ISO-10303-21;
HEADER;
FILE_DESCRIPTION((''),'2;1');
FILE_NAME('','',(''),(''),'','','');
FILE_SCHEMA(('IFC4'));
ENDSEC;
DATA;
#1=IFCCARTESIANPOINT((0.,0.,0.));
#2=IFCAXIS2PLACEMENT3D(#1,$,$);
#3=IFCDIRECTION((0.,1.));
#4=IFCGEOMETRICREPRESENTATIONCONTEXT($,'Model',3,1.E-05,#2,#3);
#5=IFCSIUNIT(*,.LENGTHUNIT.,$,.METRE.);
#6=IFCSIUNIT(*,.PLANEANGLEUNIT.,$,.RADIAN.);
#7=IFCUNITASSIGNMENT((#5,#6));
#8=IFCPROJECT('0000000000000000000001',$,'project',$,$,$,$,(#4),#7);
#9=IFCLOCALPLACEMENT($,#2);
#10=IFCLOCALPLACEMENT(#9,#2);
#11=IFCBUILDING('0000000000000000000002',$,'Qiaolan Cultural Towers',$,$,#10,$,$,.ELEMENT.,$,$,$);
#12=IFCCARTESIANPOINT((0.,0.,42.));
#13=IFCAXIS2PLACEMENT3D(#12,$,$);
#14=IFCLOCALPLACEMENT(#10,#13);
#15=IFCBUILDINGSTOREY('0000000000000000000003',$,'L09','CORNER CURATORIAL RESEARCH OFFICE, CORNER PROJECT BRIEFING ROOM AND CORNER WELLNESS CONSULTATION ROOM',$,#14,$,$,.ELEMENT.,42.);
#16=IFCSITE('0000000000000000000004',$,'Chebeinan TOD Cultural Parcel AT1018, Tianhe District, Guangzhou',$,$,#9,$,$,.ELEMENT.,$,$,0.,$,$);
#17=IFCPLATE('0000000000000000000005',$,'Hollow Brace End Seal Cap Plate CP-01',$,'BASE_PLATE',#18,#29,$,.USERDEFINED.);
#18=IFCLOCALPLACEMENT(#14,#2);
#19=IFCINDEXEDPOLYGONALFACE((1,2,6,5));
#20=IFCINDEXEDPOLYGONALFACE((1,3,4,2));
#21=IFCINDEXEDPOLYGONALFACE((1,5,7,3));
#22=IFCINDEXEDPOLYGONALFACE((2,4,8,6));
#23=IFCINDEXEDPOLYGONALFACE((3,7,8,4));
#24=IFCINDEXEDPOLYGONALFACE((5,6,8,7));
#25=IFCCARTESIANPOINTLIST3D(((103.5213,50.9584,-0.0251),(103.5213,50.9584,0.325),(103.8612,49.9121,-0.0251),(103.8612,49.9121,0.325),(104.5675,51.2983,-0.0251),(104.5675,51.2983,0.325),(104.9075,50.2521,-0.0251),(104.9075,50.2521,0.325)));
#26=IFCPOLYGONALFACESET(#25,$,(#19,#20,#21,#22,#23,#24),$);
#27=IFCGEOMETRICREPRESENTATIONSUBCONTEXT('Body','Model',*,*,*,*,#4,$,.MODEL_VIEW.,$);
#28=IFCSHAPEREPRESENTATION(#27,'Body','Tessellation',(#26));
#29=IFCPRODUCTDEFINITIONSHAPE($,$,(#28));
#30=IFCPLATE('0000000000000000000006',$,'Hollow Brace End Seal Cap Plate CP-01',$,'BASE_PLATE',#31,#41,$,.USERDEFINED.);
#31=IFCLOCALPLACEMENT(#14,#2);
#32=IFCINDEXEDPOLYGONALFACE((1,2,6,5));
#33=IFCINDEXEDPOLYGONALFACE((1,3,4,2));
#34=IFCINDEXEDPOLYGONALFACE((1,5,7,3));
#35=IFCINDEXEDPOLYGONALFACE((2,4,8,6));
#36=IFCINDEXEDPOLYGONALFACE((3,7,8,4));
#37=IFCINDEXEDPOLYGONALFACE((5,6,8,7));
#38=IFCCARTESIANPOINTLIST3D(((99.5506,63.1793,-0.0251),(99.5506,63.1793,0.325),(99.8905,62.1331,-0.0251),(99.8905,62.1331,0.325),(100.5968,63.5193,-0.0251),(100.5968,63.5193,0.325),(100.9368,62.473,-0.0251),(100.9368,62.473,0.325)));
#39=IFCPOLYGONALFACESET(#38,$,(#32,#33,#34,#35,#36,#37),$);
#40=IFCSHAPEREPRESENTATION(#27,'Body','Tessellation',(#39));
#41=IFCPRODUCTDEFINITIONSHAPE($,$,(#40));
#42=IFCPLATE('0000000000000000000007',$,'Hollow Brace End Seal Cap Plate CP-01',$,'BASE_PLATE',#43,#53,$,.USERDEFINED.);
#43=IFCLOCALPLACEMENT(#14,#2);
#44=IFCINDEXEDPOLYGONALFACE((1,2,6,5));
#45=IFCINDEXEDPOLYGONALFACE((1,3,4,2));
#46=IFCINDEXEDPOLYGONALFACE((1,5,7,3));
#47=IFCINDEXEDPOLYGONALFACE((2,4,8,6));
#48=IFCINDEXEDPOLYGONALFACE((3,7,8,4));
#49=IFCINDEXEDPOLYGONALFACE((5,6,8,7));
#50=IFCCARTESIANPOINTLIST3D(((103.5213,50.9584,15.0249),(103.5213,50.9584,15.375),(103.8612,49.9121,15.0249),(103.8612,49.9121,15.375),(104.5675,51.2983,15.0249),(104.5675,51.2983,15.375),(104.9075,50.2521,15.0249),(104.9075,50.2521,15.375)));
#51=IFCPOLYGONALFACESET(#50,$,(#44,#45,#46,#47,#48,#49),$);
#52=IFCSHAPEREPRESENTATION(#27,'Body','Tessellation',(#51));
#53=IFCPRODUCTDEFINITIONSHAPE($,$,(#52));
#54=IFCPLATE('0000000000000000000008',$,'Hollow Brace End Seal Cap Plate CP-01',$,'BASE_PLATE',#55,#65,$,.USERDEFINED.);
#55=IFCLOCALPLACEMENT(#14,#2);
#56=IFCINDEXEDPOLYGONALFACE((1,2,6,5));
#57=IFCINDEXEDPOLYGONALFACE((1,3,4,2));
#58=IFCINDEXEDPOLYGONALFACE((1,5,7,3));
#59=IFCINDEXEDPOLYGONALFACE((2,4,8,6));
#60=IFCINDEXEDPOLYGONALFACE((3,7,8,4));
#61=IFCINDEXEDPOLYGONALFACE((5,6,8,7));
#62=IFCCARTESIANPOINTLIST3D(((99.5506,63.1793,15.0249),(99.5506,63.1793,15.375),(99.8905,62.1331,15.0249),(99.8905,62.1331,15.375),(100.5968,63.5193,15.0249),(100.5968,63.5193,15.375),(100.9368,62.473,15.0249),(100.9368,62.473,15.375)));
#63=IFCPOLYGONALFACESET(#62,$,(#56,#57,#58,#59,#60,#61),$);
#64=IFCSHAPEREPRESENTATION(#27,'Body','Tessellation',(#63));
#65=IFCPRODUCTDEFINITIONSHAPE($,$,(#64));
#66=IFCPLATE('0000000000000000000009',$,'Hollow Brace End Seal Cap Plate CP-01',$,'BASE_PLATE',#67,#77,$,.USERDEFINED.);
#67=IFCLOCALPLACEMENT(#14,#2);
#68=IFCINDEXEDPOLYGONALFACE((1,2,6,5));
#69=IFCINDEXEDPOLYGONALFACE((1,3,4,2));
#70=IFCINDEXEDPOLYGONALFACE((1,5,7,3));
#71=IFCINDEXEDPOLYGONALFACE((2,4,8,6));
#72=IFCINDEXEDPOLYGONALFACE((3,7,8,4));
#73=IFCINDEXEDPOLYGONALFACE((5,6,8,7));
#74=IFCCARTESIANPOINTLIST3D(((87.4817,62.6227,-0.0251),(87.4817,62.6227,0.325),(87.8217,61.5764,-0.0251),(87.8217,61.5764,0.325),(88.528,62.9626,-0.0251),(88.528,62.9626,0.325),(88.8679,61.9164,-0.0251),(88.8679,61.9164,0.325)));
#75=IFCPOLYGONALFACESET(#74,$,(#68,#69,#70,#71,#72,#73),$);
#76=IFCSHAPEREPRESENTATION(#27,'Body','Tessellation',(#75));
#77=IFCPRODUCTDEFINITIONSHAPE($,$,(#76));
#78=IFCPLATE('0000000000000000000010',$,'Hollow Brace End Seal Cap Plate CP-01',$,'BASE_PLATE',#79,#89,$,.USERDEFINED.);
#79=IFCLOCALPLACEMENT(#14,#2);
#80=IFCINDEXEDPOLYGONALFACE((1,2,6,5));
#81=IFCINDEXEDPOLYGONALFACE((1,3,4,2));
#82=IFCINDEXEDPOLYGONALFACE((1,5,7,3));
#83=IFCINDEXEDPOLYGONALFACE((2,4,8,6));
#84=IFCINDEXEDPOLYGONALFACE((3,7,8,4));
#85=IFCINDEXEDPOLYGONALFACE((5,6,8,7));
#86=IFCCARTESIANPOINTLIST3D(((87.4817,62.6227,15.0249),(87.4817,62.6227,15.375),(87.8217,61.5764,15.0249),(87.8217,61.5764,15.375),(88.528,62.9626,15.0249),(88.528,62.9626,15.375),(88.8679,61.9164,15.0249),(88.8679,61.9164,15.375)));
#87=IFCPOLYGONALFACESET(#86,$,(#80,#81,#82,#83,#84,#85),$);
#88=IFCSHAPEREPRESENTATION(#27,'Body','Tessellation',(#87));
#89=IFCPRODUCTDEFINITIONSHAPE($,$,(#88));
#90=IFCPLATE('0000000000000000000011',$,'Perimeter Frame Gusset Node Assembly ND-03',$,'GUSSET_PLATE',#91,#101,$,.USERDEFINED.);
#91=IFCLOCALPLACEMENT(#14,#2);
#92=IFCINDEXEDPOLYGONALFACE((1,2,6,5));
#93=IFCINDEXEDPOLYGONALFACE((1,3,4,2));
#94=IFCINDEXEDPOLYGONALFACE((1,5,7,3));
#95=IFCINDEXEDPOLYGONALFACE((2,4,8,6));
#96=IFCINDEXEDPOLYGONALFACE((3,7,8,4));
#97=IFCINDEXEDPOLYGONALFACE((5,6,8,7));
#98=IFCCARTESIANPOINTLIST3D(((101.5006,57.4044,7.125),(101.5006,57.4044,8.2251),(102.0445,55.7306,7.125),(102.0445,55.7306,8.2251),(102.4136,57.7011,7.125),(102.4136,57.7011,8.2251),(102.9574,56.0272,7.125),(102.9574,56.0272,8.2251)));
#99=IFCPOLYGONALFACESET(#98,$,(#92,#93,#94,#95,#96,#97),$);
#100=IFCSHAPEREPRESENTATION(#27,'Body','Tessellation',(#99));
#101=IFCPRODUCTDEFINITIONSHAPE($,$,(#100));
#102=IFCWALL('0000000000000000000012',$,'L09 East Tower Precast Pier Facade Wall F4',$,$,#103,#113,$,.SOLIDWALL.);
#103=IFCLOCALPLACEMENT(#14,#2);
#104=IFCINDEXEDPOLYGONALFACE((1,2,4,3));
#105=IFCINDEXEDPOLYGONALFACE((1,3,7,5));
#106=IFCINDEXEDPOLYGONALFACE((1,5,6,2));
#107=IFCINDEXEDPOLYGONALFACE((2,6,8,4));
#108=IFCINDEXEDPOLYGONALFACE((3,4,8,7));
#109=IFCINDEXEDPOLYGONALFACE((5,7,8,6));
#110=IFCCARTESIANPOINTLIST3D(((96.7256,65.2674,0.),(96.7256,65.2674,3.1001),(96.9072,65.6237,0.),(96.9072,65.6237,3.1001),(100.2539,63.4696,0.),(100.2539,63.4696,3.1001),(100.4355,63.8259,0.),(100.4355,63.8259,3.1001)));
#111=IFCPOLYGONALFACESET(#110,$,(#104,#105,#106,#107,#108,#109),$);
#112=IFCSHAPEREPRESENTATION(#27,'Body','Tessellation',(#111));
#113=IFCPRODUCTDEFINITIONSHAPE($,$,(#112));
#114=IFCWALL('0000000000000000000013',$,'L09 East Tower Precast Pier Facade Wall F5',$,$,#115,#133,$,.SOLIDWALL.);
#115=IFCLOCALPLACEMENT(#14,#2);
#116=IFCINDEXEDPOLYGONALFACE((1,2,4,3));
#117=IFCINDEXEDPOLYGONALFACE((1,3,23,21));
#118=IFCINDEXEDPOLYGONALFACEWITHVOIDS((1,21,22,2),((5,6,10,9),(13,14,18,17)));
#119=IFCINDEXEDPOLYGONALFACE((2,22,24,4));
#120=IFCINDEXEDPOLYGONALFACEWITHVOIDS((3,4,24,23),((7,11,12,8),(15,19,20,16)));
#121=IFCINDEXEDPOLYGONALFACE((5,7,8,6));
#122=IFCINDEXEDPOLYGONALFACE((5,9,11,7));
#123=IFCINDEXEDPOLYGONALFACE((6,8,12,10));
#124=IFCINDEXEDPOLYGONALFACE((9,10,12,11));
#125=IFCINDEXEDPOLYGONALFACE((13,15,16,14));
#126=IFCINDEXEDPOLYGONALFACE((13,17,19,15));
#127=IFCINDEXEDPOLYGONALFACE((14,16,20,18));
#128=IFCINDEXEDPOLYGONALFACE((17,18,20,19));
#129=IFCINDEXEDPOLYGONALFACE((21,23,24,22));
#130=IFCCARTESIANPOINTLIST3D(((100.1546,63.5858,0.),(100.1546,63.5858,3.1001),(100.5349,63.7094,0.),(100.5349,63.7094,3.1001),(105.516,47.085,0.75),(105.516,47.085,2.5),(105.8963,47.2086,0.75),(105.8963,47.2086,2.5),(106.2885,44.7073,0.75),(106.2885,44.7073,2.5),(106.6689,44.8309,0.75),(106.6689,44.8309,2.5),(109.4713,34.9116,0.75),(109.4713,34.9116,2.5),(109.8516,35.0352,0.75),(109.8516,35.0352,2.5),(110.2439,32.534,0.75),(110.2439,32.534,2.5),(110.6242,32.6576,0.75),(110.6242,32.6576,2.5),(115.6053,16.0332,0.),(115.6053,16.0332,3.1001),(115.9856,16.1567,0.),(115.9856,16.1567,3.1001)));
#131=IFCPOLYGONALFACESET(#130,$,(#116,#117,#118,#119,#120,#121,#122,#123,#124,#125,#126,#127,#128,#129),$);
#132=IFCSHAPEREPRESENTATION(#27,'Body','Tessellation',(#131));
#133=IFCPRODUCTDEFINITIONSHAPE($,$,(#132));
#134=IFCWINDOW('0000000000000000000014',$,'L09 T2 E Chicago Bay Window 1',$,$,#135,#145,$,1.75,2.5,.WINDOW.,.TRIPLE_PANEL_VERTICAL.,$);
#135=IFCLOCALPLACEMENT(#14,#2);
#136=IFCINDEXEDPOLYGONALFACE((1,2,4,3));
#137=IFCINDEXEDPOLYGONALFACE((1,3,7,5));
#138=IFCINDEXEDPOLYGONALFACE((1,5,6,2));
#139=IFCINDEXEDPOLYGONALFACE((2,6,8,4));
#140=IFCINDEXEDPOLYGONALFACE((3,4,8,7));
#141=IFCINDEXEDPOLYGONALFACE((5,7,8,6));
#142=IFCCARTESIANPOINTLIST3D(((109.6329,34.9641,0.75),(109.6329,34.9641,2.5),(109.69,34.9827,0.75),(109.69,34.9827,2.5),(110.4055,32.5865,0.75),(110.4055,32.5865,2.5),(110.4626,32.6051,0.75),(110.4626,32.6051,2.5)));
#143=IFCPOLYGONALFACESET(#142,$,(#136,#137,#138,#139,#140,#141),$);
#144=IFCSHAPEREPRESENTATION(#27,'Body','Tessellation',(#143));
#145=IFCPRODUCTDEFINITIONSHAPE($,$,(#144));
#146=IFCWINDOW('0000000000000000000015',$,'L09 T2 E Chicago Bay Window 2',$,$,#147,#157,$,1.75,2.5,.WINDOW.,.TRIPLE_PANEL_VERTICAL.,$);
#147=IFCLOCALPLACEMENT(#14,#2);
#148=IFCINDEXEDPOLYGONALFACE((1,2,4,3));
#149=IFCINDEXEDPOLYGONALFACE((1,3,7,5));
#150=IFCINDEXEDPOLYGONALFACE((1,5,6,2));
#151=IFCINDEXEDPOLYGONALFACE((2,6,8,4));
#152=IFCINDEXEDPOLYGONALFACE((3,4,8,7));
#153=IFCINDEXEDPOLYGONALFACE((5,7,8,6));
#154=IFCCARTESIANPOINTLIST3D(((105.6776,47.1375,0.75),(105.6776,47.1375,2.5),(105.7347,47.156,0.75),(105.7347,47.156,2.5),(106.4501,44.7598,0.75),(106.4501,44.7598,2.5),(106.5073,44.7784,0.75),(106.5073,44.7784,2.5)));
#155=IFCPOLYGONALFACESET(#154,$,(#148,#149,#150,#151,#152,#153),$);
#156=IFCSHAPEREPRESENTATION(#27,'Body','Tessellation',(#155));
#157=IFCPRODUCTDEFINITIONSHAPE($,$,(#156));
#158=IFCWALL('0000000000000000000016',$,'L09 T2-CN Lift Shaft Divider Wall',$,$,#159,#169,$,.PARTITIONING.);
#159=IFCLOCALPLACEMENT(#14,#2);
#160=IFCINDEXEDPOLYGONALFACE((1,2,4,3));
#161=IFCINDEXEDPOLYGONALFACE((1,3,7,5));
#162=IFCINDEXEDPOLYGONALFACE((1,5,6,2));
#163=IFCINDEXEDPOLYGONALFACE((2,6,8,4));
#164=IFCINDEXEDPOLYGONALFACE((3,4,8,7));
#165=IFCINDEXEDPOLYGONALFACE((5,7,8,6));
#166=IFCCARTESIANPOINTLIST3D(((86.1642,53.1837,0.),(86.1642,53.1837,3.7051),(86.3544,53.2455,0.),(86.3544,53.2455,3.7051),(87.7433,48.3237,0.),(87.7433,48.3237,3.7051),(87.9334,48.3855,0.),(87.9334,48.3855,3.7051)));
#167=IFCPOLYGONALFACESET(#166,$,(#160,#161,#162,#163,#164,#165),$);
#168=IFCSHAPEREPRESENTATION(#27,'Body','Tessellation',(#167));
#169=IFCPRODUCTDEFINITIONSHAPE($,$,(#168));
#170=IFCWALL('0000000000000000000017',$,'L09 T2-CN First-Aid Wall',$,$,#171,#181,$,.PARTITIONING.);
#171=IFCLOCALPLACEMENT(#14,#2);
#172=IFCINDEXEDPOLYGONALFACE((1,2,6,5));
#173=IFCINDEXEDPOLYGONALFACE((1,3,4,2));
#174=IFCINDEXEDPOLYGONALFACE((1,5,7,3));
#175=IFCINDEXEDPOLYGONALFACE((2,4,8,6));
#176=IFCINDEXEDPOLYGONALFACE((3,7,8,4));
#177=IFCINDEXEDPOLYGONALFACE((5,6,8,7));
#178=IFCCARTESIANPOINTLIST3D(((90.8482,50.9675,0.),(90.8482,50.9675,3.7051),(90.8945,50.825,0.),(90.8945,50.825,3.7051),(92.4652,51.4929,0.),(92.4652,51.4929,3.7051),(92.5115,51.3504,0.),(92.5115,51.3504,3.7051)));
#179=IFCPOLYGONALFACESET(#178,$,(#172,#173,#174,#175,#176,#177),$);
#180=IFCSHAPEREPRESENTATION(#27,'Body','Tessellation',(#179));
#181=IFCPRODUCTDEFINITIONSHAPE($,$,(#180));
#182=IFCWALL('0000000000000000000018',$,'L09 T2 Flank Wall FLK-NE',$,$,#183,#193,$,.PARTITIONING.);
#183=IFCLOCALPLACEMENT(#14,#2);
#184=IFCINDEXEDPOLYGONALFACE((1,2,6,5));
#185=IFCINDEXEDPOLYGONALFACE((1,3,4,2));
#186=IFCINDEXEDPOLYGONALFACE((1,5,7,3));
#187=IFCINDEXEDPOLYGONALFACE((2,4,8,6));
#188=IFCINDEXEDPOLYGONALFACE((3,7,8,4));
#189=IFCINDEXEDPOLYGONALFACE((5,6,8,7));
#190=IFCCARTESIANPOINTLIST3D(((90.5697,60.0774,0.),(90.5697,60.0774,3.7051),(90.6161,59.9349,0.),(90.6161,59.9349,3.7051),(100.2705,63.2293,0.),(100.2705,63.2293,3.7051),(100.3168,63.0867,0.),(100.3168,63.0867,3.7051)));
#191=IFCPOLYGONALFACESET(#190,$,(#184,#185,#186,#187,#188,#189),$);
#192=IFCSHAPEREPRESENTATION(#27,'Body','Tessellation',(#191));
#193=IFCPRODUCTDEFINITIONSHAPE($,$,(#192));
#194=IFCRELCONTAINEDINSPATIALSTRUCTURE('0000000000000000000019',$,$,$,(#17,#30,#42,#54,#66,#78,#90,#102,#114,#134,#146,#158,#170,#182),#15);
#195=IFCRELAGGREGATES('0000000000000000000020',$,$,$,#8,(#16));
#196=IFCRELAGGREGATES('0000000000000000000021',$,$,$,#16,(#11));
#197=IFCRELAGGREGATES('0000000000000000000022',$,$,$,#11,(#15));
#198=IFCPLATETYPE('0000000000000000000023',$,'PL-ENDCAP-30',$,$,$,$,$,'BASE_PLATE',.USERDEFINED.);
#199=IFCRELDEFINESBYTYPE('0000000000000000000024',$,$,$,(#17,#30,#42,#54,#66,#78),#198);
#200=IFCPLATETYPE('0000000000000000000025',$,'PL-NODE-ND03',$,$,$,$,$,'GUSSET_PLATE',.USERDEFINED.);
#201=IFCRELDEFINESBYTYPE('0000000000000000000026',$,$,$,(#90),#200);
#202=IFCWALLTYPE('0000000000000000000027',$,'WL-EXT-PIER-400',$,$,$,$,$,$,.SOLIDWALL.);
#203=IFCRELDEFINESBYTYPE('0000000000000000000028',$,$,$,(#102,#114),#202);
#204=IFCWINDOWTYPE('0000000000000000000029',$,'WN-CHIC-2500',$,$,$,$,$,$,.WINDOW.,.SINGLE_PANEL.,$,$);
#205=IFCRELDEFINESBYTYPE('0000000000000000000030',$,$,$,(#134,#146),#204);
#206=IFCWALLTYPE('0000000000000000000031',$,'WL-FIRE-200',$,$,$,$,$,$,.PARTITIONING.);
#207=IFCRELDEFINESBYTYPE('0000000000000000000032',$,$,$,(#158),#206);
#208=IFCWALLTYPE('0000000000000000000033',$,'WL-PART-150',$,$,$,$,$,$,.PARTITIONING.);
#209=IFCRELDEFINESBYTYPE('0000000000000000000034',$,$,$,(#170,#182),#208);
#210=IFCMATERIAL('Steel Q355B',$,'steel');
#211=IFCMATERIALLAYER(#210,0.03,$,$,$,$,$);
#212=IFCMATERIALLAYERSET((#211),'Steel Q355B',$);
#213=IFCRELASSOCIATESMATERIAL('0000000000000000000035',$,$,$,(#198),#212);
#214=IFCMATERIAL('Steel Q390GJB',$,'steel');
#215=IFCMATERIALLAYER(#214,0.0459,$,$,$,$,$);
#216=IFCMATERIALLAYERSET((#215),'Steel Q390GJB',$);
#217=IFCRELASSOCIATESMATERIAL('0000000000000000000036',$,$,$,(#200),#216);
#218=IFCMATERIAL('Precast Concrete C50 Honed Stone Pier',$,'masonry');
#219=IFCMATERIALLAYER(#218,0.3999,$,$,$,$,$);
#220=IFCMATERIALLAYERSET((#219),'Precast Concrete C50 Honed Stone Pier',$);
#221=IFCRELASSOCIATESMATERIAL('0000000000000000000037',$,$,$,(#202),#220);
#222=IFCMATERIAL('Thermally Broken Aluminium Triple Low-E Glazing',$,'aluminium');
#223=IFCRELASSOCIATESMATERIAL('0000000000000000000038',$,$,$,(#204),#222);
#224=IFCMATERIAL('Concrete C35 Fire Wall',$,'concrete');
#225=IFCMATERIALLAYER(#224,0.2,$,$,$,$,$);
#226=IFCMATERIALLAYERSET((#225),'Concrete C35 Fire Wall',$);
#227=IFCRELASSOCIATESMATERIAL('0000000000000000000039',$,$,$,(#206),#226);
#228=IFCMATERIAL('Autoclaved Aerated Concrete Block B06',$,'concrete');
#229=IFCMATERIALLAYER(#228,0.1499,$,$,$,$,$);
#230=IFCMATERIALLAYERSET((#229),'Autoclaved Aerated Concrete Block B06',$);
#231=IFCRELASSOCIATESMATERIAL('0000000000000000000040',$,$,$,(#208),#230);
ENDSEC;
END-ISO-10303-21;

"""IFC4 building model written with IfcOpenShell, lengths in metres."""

from ifc_helpers import new_model, si_unit, direction, frame, frame_2d, origin, origin_2d, place, context, subcontext, project, spatial, rectangle, extrude, material, layer, layer_set, type_object, element, fill, save


model = new_model("IFC4")

# Units and contexts
model_context = context("Model", 3, precision=1e-05, world=origin(), true_north=direction((0.0, 1.0)))
body_context = subcontext(model_context, "Body", "Model", "MODEL_VIEW")
ifc_project = project(units=[si_unit("LENGTHUNIT", "METRE"), si_unit("PLANEANGLEUNIT", "RADIAN")], contexts=[model_context])

# Site, building, storey
site_placement = place(None, origin())
site = spatial("IfcSite", under=ifc_project, at=site_placement, Name="Chebeinan TOD Cultural Parcel AT1018, Tianhe District, Guangzhou", CompositionType="ELEMENT", RefElevation=0.0)
building_placement = place(site_placement, origin())
building = spatial("IfcBuilding", under=site, at=building_placement, Name="Qiaolan Cultural Towers", CompositionType="ELEMENT")
storey_placement = place(building_placement, frame((0.0, 0.0, 42.0)))
storey = spatial("IfcBuildingStorey", under=building, at=storey_placement, Name="L09", Description="CORNER CURATORIAL RESEARCH OFFICE, CORNER PROJECT BRIEFING ROOM AND CORNER WELLNESS CONSULTATION ROOM", CompositionType="ELEMENT", Elevation=42.0)

# Plates
ifc_material_1 = material(Name="Steel Q355B", Category="steel")
ifc_layer_1 = layer(ifc_material_1, 0.03)
ifc_layer_set_1 = layer_set([ifc_layer_1], Name="Steel Q355B")
plate_type_1 = type_object("IfcPlateType", Name="PL-ENDCAP-30", ElementType="BASE_PLATE", PredefinedType="USERDEFINED", material=ifc_layer_set_1)
for number, where, z_axis, x_axis, name in (
    (1, (104.2144, 50.6052, -0.0251), (0.0, 0.0, 1.0), (-0.309017, 0.951057, 0.0), "Hollow Brace End Seal Cap Plate CP-01"),
    (2, (100.2437, 62.8262, -0.0251), (0.0, 0.0, 1.0), (-0.309017, 0.951057, 0.0), "Hollow Brace End Seal Cap Plate CP-01"),
    (3, (104.2144, 50.6052, 15.0249), (0.0, 0.0, 1.0), (-0.309017, 0.951057, 0.0), "Hollow Brace End Seal Cap Plate CP-01"),
    (4, (100.2437, 62.8262, 15.0249), (0.0, 0.0, 1.0), (-0.309017, 0.951057, 0.0), "Hollow Brace End Seal Cap Plate CP-01"),
    (5, (88.1748, 62.2695, -0.0251), (0.0, 0.0, 1.0), (0.951057, 0.309017, 0.0), "Hollow Brace End Seal Cap Plate CP-01"),
    (6, (88.1748, 62.2695, 15.0249), (0.0, 0.0, 1.0), (0.951057, 0.309017, 0.0), "Hollow Brace End Seal Cap Plate CP-01"),
):
    element("IfcPlate", number, at=place(storey_placement, frame(where, z_axis=z_axis, x_axis=x_axis)), inside=storey, type_object=plate_type_1, Name=name, ObjectType="BASE_PLATE", PredefinedType="USERDEFINED", context=body_context, shape_type="SweptSolid", body=[
        extrude(rectangle(XDim=1.1001, YDim=1.1001, at=origin_2d()), origin(), (0.0, 0.0, 1.0), 0.3501),
    ])
ifc_material_2 = material(Name="Steel Q390GJB", Category="steel")
ifc_layer_2 = layer(ifc_material_2, 0.0459)
ifc_layer_set_2 = layer_set([ifc_layer_2], Name="Steel Q390GJB")
plate_type_2 = type_object("IfcPlateType", Name="PL-NODE-ND03", ElementType="GUSSET_PLATE", PredefinedType="USERDEFINED", material=ifc_layer_set_2)
plate_placement = place(storey_placement, frame((102.229, 56.7158, 7.125), z_axis=(0.0, 0.0, 1.0), x_axis=(-0.309017, 0.951057, 0.0)))
element("IfcPlate", 7, at=plate_placement, inside=storey, type_object=plate_type_2, Name="Perimeter Frame Gusset Node Assembly ND-03", ObjectType="GUSSET_PLATE", PredefinedType="USERDEFINED", context=body_context, shape_type="SweptSolid", body=[
    extrude(rectangle(XDim=1.76, YDim=0.96, at=origin_2d()), origin(), (0.0, 0.0, 1.0), 1.1001),
])

# Wall
ifc_material_3 = material(Name="Precast Concrete C50 Honed Stone Pier", Category="masonry")
ifc_layer_3 = layer(ifc_material_3, 0.3999)
ifc_layer_set_3 = layer_set([ifc_layer_3], Name="Precast Concrete C50 Honed Stone Pier")
wall_type_1 = type_object("IfcWallType", Name="WL-EXT-PIER-400", PredefinedType="SOLIDWALL", material=ifc_layer_set_3)
wall_1_placement = place(storey_placement, frame((96.8164, 65.4456, 0.0), z_axis=(0.0, 0.0, 1.0), x_axis=(0.890998, -0.454007, 0.0)))
element("IfcWall", 8, at=wall_1_placement, inside=storey, type_object=wall_type_1, Name="L09 East Tower Precast Pier Facade Wall F4", PredefinedType="SOLIDWALL", context=body_context, shape_type="SweptSolid", body=[
    extrude(rectangle(XDim=3.96, YDim=0.3999, at=frame_2d((1.98, 0.0))), origin(), (0.0, 0.0, 1.0), 3.1001),
])

# Wall, openings, windows
wall_2_placement = place(storey_placement, frame((100.3447, 63.6477, 0.0), z_axis=(0.0, 0.0, 1.0), x_axis=(0.309015, -0.951057, 0.0)))
wall_2 = element("IfcWall", 9, at=wall_2_placement, inside=storey, type_object=wall_type_1, Name="L09 East Tower Precast Pier Facade Wall F5", PredefinedType="SOLIDWALL", context=body_context, shape_type="SweptSolid", body=[
    extrude(rectangle(XDim=49.9998, YDim=0.3999, at=frame_2d((25.0, 0.0))), origin(), (0.0, 0.0, 1.0), 3.1001),
])
opening_1_placement = place(wall_2_placement, frame((30.1499, 0.0, 0.75)))
opening_1 = element("IfcOpeningElement", 10, at=opening_1_placement, cuts=wall_2, PredefinedType="OPENING", context=body_context, shape_type="SweptSolid", body=[
    extrude(rectangle(XDim=2.5, YDim=1.75, at=frame_2d((1.25, 0.875))), frame((0.0, 0.21, 0.0), z_axis=(0.0, -1.0, 0.0), x_axis=(1.0, 0.0, 0.0)), (0.0, 0.0, 1.0), 0.4199),
])
opening_2_placement = place(wall_2_placement, frame((17.3501, 0.0, 0.75)))
opening_2 = element("IfcOpeningElement", 11, at=opening_2_placement, cuts=wall_2, PredefinedType="OPENING", context=body_context, shape_type="SweptSolid", body=[
    extrude(rectangle(XDim=2.5, YDim=1.75, at=frame_2d((1.25, 0.875))), frame((0.0, 0.21, 0.0), z_axis=(0.0, -1.0, 0.0), x_axis=(1.0, 0.0, 0.0)), (0.0, 0.0, 1.0), 0.4199),
])
ifc_material_4 = material(Name="Thermally Broken Aluminium Triple Low-E Glazing", Category="aluminium")
window_type = type_object("IfcWindowType", Name="WN-CHIC-2500", PartitioningType="SINGLE_PANEL", PredefinedType="WINDOW", material=ifc_material_4)
window_1_placement = place(opening_1_placement, origin())
window_1 = element("IfcWindow", 12, at=window_1_placement, inside=storey, type_object=window_type, Name="L09 T2 E Chicago Bay Window 1", OverallHeight=1.75, OverallWidth=2.5, PartitioningType="TRIPLE_PANEL_VERTICAL", PredefinedType="WINDOW", context=body_context, shape_type="SweptSolid", body=[
    extrude(rectangle(XDim=2.5, YDim=1.75, at=frame_2d((1.25, 0.875))), frame((0.0, 0.03, 0.0), z_axis=(0.0, -1.0, 0.0), x_axis=(1.0, 0.0, 0.0)), (0.0, 0.0, 1.0), 0.0601),
])
fill(opening_1, window_1)
window_2_placement = place(opening_2_placement, origin())
window_2 = element("IfcWindow", 13, at=window_2_placement, inside=storey, type_object=window_type, Name="L09 T2 E Chicago Bay Window 2", OverallHeight=1.75, OverallWidth=2.5, PartitioningType="TRIPLE_PANEL_VERTICAL", PredefinedType="WINDOW", context=body_context, shape_type="SweptSolid", body=[
    extrude(rectangle(XDim=2.5, YDim=1.75, at=frame_2d((1.25, 0.875))), frame((0.0, 0.03, 0.0), z_axis=(0.0, -1.0, 0.0), x_axis=(1.0, 0.0, 0.0)), (0.0, 0.0, 1.0), 0.0601),
])
fill(opening_2, window_2)

# Walls
ifc_material_5 = material(Name="Concrete C35 Fire Wall", Category="concrete")
ifc_layer_4 = layer(ifc_material_5, 0.2)
ifc_layer_set_4 = layer_set([ifc_layer_4], Name="Concrete C35 Fire Wall")
wall_type_2 = type_object("IfcWallType", Name="WL-FIRE-200", PredefinedType="PARTITIONING", material=ifc_layer_set_4)
wall_3_placement = place(storey_placement, frame((87.8384, 48.3545, 0.0), z_axis=(0.0, 0.0, 1.0), x_axis=(-0.309009, 0.951059, 0.0)))
element("IfcWall", 14, at=wall_3_placement, inside=storey, type_object=wall_type_2, Name="L09 T2-CN Lift Shaft Divider Wall", PredefinedType="PARTITIONING", context=body_context, shape_type="SweptSolid", body=[
    extrude(rectangle(XDim=5.1101, YDim=0.2, at=frame_2d((2.5552, 0.0))), origin(), (0.0, 0.0, 1.0), 3.7051),
])
ifc_material_6 = material(Name="Autoclaved Aerated Concrete Block B06", Category="concrete")
ifc_layer_5 = layer(ifc_material_6, 0.1499)
ifc_layer_set_5 = layer_set([ifc_layer_5], Name="Autoclaved Aerated Concrete Block B06")
wall_type_3 = type_object("IfcWallType", Name="WL-PART-150", PredefinedType="PARTITIONING", material=ifc_layer_set_5)
wall_4_placement = place(storey_placement, frame((90.8713, 50.8962, 0.0), z_axis=(0.0, 0.0, 1.0), x_axis=(0.951054, 0.309024, 0.0)))
element("IfcWall", 15, at=wall_4_placement, inside=storey, type_object=wall_type_3, Name="L09 T2-CN First-Aid Wall", PredefinedType="PARTITIONING", context=body_context, shape_type="SweptSolid", body=[
    extrude(rectangle(XDim=1.7002, YDim=0.1499, at=frame_2d((0.8501, 0.0))), origin(), (0.0, 0.0, 1.0), 3.7051),
])
wall_5_placement = place(storey_placement, frame((90.5928, 60.0061, 0.0), z_axis=(0.0, 0.0, 1.0), x_axis=(0.951059, 0.309009, 0.0)))
element("IfcWall", 16, at=wall_5_placement, inside=storey, type_object=wall_type_3, Name="L09 T2 Flank Wall FLK-NE", PredefinedType="PARTITIONING", context=body_context, shape_type="SweptSolid", body=[
    extrude(rectangle(XDim=10.2, YDim=0.1499, at=frame_2d((5.1001, 0.0))), origin(), (0.0, 0.0, 1.0), 3.7051),
])

save(model, "model.ifc")
